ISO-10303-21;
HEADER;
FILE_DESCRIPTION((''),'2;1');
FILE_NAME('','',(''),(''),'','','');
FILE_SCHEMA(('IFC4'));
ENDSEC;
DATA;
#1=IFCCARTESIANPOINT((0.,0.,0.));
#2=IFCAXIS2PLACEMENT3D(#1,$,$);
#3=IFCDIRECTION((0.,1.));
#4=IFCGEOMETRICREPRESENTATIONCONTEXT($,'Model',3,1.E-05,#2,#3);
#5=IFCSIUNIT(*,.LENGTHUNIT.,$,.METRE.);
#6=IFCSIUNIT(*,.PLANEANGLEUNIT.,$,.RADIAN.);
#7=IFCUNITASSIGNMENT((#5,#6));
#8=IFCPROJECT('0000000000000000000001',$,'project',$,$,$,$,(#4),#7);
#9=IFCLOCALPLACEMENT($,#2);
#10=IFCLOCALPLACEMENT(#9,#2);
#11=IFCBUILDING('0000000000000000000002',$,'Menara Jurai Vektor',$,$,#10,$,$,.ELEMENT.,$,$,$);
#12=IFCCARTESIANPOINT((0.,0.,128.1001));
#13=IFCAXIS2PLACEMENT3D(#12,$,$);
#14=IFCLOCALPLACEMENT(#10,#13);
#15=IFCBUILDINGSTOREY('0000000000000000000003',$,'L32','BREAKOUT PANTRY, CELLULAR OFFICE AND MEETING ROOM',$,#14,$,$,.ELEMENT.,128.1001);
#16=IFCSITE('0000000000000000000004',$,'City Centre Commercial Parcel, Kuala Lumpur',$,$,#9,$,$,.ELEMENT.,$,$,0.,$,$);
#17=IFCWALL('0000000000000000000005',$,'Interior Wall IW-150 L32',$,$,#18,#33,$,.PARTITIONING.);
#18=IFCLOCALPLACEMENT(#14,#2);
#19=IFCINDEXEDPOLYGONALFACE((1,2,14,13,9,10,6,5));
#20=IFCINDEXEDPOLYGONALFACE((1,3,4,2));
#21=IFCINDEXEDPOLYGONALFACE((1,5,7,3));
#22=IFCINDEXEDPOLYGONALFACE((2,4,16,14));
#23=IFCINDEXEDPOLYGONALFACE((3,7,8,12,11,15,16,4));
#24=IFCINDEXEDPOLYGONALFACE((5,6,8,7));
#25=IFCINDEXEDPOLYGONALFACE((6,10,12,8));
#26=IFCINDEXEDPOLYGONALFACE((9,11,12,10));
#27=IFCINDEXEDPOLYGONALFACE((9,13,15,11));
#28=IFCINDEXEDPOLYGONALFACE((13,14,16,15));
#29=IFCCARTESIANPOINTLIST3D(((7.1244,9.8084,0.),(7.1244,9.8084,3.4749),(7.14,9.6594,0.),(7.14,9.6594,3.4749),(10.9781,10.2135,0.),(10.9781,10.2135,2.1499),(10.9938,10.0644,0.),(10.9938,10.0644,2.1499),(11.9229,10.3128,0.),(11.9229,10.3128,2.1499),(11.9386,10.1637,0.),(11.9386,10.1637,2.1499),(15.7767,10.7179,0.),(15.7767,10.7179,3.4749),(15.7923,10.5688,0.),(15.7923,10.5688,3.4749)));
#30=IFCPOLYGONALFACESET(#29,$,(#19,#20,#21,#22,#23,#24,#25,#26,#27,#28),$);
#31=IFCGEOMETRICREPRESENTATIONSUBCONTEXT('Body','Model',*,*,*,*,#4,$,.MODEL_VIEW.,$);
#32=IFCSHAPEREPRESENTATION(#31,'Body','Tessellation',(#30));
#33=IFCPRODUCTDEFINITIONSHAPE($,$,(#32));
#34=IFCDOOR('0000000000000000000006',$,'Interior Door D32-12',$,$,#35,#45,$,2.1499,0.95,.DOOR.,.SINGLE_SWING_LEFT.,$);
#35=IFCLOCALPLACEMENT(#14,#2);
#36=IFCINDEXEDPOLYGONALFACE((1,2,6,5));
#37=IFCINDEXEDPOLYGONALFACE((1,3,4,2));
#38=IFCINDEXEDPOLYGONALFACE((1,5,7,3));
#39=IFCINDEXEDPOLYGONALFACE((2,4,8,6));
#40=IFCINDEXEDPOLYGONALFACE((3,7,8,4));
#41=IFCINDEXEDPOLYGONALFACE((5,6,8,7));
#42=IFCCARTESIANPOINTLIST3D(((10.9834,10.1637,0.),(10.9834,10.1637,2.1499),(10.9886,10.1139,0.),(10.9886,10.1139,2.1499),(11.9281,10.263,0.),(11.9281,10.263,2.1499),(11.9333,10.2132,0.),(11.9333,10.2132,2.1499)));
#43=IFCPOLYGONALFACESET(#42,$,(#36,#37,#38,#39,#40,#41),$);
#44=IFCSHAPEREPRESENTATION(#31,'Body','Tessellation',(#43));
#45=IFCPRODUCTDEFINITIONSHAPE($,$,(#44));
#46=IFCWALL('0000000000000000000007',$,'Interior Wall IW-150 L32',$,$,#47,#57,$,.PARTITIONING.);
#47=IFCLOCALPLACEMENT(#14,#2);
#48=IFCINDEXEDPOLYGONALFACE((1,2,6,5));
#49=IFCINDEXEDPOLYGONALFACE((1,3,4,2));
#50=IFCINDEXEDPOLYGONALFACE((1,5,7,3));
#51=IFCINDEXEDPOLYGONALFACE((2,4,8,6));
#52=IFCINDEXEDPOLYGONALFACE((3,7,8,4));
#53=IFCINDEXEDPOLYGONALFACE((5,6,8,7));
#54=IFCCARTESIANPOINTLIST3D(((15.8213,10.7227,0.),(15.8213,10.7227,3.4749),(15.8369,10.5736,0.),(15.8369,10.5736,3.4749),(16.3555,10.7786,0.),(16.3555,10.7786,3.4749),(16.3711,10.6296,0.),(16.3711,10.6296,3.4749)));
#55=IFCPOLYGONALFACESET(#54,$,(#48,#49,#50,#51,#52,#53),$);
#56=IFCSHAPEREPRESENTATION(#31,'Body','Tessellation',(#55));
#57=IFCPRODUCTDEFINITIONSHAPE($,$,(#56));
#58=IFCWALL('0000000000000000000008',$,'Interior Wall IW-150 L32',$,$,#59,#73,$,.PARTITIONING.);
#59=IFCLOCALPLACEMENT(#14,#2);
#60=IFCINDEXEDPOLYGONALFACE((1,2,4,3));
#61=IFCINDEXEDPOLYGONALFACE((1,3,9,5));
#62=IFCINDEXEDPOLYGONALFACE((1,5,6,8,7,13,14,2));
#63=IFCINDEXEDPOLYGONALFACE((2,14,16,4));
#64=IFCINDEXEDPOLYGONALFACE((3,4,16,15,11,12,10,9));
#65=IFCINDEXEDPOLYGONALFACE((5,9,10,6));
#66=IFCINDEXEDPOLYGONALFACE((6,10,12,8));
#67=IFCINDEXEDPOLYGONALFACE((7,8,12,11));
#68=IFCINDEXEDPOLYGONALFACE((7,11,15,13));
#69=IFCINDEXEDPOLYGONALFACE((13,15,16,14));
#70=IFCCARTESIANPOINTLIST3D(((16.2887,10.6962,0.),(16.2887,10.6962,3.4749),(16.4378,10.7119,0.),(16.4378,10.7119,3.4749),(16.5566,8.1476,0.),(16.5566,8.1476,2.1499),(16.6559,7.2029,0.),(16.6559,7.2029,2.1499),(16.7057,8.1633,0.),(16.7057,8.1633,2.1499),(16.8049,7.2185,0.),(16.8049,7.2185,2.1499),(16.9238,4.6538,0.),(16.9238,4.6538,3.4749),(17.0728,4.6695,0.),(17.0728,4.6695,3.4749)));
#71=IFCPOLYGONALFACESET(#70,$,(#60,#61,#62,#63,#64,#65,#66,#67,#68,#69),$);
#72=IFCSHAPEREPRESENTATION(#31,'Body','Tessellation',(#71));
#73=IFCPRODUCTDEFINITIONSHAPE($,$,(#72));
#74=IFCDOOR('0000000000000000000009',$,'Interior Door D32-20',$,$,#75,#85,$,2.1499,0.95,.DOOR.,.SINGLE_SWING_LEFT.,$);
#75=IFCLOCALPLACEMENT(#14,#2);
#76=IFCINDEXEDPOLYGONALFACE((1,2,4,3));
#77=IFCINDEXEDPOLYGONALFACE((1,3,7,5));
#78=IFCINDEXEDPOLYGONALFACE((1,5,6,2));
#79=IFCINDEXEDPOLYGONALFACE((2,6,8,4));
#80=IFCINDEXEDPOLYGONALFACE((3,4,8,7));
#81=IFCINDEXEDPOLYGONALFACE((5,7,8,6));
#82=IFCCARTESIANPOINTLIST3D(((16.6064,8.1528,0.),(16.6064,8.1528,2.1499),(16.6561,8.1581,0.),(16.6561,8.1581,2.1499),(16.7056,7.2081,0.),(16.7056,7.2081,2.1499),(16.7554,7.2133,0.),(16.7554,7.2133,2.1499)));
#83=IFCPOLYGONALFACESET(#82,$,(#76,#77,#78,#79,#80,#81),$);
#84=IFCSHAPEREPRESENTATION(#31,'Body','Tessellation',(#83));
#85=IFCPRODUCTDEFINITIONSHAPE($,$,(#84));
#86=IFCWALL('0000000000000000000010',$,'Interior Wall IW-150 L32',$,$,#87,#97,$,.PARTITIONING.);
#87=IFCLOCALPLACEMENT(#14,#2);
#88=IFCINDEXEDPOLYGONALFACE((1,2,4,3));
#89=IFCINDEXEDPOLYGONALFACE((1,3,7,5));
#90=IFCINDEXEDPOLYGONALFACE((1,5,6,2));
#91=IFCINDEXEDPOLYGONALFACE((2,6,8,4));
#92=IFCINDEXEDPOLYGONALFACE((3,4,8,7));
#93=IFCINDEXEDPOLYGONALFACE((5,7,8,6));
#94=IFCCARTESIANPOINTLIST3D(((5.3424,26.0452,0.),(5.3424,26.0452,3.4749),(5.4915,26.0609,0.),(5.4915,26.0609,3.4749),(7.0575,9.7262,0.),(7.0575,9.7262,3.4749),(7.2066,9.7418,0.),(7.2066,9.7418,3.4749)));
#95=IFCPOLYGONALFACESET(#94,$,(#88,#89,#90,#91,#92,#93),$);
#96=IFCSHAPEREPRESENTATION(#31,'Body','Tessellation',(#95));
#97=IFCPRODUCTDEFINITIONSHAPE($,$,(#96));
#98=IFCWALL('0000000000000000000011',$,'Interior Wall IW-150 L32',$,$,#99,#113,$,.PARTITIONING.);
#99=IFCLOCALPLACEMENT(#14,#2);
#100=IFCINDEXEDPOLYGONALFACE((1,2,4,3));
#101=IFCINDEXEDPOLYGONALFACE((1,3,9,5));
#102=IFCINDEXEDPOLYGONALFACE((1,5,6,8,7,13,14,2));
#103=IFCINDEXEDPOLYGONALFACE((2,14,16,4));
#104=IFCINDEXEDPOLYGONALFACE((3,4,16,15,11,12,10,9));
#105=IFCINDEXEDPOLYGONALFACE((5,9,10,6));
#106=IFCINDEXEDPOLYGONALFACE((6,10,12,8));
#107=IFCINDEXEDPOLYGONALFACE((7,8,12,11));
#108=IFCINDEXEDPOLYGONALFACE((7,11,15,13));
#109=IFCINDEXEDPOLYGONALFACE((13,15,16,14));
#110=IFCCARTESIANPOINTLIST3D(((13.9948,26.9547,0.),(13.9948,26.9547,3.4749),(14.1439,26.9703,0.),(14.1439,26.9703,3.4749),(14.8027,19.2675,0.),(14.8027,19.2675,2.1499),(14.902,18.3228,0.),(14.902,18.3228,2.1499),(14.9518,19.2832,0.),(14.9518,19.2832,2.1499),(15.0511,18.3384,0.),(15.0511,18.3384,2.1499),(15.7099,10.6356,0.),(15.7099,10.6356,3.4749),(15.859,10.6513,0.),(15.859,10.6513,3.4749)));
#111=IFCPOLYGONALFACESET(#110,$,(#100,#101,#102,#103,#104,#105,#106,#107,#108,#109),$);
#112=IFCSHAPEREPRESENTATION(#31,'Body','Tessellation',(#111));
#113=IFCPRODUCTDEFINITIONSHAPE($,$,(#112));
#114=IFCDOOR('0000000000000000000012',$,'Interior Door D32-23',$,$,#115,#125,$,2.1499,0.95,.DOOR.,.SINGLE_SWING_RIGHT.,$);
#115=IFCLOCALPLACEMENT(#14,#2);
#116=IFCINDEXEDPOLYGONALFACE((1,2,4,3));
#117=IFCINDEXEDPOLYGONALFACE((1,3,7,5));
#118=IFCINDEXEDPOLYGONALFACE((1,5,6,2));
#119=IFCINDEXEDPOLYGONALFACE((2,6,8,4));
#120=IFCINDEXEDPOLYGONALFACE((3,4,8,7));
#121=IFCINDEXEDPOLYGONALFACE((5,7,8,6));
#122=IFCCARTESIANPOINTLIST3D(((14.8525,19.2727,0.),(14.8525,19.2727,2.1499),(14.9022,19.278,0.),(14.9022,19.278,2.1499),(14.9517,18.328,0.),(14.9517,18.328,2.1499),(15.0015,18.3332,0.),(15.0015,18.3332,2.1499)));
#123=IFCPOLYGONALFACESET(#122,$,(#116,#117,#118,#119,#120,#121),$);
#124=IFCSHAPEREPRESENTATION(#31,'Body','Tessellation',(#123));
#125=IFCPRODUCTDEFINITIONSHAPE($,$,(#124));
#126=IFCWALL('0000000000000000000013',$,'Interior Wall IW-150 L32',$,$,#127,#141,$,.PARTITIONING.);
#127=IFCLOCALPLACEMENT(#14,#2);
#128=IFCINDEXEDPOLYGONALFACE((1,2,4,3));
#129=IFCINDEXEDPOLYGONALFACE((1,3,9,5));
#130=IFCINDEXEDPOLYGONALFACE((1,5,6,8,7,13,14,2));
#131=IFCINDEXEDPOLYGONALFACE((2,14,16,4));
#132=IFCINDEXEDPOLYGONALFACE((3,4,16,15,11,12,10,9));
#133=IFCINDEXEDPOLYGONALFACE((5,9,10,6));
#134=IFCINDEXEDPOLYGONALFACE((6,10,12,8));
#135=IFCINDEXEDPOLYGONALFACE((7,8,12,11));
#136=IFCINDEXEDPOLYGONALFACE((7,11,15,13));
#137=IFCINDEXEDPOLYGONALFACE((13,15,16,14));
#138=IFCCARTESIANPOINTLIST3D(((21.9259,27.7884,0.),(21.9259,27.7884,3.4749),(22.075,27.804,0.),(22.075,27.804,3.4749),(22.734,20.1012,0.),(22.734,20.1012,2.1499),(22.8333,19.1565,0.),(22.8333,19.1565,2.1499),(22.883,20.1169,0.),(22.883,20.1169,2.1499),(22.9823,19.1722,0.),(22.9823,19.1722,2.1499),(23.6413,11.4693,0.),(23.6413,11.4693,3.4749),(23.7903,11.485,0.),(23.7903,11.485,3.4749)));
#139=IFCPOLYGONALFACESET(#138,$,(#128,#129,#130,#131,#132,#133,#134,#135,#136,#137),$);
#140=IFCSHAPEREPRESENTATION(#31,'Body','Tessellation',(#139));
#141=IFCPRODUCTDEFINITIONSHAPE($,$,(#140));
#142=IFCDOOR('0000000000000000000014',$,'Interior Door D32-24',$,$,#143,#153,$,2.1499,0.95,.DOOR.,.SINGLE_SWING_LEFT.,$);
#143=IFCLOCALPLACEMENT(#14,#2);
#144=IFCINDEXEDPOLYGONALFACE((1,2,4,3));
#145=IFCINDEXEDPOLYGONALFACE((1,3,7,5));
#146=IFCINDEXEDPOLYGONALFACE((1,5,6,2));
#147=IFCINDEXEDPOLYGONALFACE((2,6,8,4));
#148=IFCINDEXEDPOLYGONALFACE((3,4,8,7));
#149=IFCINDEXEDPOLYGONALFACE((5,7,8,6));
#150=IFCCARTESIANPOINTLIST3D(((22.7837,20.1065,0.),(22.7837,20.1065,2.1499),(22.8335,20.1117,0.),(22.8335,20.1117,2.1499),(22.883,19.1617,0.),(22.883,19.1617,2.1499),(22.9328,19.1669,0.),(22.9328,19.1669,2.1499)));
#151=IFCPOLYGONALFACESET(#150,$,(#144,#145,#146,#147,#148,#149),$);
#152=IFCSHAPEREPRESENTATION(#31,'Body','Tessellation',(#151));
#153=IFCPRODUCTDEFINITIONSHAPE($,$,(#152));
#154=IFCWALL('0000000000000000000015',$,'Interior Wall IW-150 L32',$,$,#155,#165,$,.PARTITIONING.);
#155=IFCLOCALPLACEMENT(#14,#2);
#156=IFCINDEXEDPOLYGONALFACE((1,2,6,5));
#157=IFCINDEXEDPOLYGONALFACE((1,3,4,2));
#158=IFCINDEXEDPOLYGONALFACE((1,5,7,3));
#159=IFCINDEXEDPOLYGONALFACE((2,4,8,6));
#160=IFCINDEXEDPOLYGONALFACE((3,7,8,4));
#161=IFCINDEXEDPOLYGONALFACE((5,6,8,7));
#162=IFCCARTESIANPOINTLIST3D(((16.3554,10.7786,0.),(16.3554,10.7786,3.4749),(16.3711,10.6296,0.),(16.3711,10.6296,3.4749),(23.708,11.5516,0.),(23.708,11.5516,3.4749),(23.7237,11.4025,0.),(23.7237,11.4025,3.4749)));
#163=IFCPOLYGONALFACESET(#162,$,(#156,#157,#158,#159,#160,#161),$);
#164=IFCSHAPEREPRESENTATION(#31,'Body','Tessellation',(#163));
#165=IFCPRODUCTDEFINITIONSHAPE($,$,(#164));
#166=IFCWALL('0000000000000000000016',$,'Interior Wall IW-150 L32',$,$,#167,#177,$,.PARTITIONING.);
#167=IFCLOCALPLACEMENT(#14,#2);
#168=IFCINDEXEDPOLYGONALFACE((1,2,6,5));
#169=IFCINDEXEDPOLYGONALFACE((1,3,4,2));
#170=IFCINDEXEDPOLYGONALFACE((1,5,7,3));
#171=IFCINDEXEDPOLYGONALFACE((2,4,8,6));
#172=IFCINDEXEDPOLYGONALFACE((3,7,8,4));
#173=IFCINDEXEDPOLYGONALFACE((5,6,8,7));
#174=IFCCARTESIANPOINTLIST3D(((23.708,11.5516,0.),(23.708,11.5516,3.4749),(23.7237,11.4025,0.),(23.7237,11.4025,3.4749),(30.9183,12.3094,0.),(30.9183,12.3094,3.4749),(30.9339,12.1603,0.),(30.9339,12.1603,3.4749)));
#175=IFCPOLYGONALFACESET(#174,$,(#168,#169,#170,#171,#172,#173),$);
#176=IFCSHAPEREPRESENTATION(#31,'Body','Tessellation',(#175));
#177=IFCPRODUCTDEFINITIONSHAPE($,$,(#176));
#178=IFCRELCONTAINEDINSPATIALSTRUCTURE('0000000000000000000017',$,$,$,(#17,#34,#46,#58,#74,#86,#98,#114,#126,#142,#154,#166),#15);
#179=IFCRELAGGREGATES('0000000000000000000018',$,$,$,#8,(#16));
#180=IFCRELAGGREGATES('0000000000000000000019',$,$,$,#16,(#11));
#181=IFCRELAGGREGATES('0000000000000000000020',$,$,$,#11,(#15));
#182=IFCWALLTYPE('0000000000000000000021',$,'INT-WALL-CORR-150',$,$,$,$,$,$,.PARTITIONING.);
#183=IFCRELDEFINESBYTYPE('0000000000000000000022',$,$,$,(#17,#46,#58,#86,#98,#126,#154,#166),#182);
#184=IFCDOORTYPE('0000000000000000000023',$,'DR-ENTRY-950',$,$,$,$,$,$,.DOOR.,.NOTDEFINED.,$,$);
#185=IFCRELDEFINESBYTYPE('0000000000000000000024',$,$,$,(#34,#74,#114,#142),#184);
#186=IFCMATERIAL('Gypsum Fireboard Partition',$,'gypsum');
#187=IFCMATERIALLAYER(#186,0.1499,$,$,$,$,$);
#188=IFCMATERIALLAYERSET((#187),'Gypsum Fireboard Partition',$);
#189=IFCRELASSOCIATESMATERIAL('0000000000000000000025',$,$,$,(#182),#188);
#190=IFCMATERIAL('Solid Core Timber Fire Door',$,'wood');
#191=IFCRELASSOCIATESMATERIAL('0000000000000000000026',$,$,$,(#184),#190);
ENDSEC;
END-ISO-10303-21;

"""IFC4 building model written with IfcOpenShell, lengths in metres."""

from ifc_helpers import new_model, si_unit, direction, frame, frame_2d, origin, place, context, subcontext, project, spatial, rectangle, extrude, material, layer, layer_set, type_object, element, fill, save


model = new_model("IFC4")

# Units and contexts
model_context = context("Model", 3, precision=1e-05, world=origin(), true_north=direction((0.0, 1.0)))
body_context = subcontext(model_context, "Body", "Model", "MODEL_VIEW")
ifc_project = project(units=[si_unit("LENGTHUNIT", "METRE"), si_unit("PLANEANGLEUNIT", "RADIAN")], contexts=[model_context])

# Site, building, storey
site_placement = place(None, origin())
site = spatial("IfcSite", under=ifc_project, at=site_placement, Name="City Centre Commercial Parcel, Kuala Lumpur", CompositionType="ELEMENT", RefElevation=0.0)
building_placement = place(site_placement, origin())
building = spatial("IfcBuilding", under=site, at=building_placement, Name="Menara Jurai Vektor", CompositionType="ELEMENT")
storey_placement = place(building_placement, frame((0.0, 0.0, 128.1001)))
storey = spatial("IfcBuildingStorey", under=building, at=storey_placement, Name="L32", Description="BREAKOUT PANTRY, CELLULAR OFFICE AND MEETING ROOM", CompositionType="ELEMENT", Elevation=128.1001)

# Shared definitions
ifc_material_1 = material(Name="Gypsum Fireboard Partition", Category="gypsum")
ifc_layer_1 = layer(ifc_material_1, 0.1499)
ifc_layer_set_1 = layer_set([ifc_layer_1], Name="Gypsum Fireboard Partition")
wall_type_1 = type_object("IfcWallType", Name="INT-WALL-CORR-150", PredefinedType="PARTITIONING", material=ifc_layer_set_1)

# Wall, opening, door
wall_1_placement = place(storey_placement, frame((7.1321, 9.7339, 0.0), z_axis=(0.0, 0.0, 1.0), x_axis=(0.994522, 0.104531, 0.0)))
wall_1 = element("IfcWall", 1, at=wall_1_placement, inside=storey, type_object=wall_type_1, Name="Interior Wall IW-150 L32", PredefinedType="PARTITIONING", context=body_context, shape_type="SweptSolid", body=[
    extrude(rectangle(XDim=8.7, YDim=0.1499, at=frame_2d((4.3501, 0.0))), origin(), (0.0, 0.0, 1.0), 3.4749),
])
opening_1_placement = place(wall_1_placement, frame((3.875, 0.0, 0.0)))
opening_1 = element("IfcOpeningElement", 2, at=opening_1_placement, cuts=wall_1, PredefinedType="OPENING", context=body_context, shape_type="SweptSolid", body=[
    extrude(rectangle(XDim=0.95, YDim=2.1499, at=frame_2d((0.4751, 1.075))), frame((0.0, 0.085, 0.0), z_axis=(0.0, -1.0, 0.0), x_axis=(1.0, 0.0, 0.0)), (0.0, 0.0, 1.0), 0.1699),
])
ifc_material_2 = material(Name="Solid Core Timber Fire Door", Category="wood")
door_type = type_object("IfcDoorType", Name="DR-ENTRY-950", OperationType="NOTDEFINED", PredefinedType="DOOR", material=ifc_material_2)
door_1_placement = place(opening_1_placement, origin())
door_1 = element("IfcDoor", 3, at=door_1_placement, inside=storey, type_object=door_type, Name="Interior Door D32-12", OperationType="SINGLE_SWING_LEFT", OverallHeight=2.1499, OverallWidth=0.95, PredefinedType="DOOR", context=body_context, shape_type="SweptSolid", body=[
    extrude(rectangle(XDim=0.95, YDim=2.1499, at=frame_2d((0.4751, 1.075))), frame((0.0, 0.0249, 0.0), z_axis=(0.0, -1.0, 0.0), x_axis=(1.0, 0.0, 0.0)), (0.0, 0.0, 1.0), 0.05),
])
fill(opening_1, door_1)

# Wall
wall_2_placement = place(storey_placement, frame((15.8291, 10.6482, 0.0), z_axis=(0.0, 0.0, 1.0), x_axis=(0.994568, 0.104093, 0.0)))
element("IfcWall", 4, at=wall_2_placement, inside=storey, type_object=wall_type_1, Name="Interior Wall IW-150 L32", PredefinedType="PARTITIONING", context=body_context, shape_type="SweptSolid", body=[
    extrude(rectangle(XDim=0.5371, YDim=0.1499, at=frame_2d((0.2686, 0.0))), origin(), (0.0, 0.0, 1.0), 3.4749),
])

# Wall, opening, door
wall_3_placement = place(storey_placement, frame((16.9983, 4.6616, 0.0), z_axis=(0.0, 0.0, 1.0), x_axis=(-0.104515, 0.994523, 0.0)))
wall_3 = element("IfcWall", 5, at=wall_3_placement, inside=storey, type_object=wall_type_1, Name="Interior Wall IW-150 L32", PredefinedType="PARTITIONING", context=body_context, shape_type="SweptSolid", body=[
    extrude(rectangle(XDim=6.0757, YDim=0.1499, at=frame_2d((3.0378, 0.0))), origin(), (0.0, 0.0, 1.0), 3.4749),
])
opening_2_placement = place(wall_3_placement, frame((2.563, 0.0, 0.0)))
opening_2 = element("IfcOpeningElement", 6, at=opening_2_placement, cuts=wall_3, PredefinedType="OPENING", context=body_context, shape_type="SweptSolid", body=[
    extrude(rectangle(XDim=0.95, YDim=2.1499, at=frame_2d((0.4751, 1.075))), frame((0.0, 0.085, 0.0), z_axis=(0.0, -1.0, 0.0), x_axis=(1.0, 0.0, 0.0)), (0.0, 0.0, 1.0), 0.1699),
])
door_2_placement = place(opening_2_placement, origin())
door_2 = element("IfcDoor", 7, at=door_2_placement, inside=storey, type_object=door_type, Name="Interior Door D32-20", OperationType="SINGLE_SWING_LEFT", OverallHeight=2.1499, OverallWidth=0.95, PredefinedType="DOOR", context=body_context, shape_type="SweptSolid", body=[
    extrude(rectangle(XDim=0.95, YDim=2.1499, at=frame_2d((0.4751, 1.075))), frame((0.0, 0.0249, 0.0), z_axis=(0.0, -1.0, 0.0), x_axis=(1.0, 0.0, 0.0)), (0.0, 0.0, 1.0), 0.05),
])
fill(opening_2, door_2)

# Wall
wall_4_placement = place(storey_placement, frame((7.1321, 9.7339, 0.0), z_axis=(0.0, 0.0, 1.0), x_axis=(-0.104521, 0.994523, 0.0)))
element("IfcWall", 8, at=wall_4_placement, inside=storey, type_object=wall_type_1, Name="Interior Wall IW-150 L32", PredefinedType="PARTITIONING", context=body_context, shape_type="SweptSolid", body=[
    extrude(rectangle(XDim=16.4089, YDim=0.1499, at=frame_2d((8.2046, 0.0))), origin(), (0.0, 0.0, 1.0), 3.4749),
])

# Walls, openings, doors
wall_5_placement = place(storey_placement, frame((15.7844, 10.6433, 0.0), z_axis=(0.0, 0.0, 1.0), x_axis=(-0.104521, 0.994523, 0.0)))
wall_5 = element("IfcWall", 9, at=wall_5_placement, inside=storey, type_object=wall_type_1, Name="Interior Wall IW-150 L32", PredefinedType="PARTITIONING", context=body_context, shape_type="SweptSolid", body=[
    extrude(rectangle(XDim=16.4089, YDim=0.1499, at=frame_2d((8.2046, 0.0))), origin(), (0.0, 0.0, 1.0), 3.4749),
])
opening_3_placement = place(wall_5_placement, frame((7.7295, 0.0, 0.0)))
opening_3 = element("IfcOpeningElement", 10, at=opening_3_placement, cuts=wall_5, PredefinedType="OPENING", context=body_context, shape_type="SweptSolid", body=[
    extrude(rectangle(XDim=0.95, YDim=2.1499, at=frame_2d((0.4751, 1.075))), frame((0.0, 0.085, 0.0), z_axis=(0.0, -1.0, 0.0), x_axis=(1.0, 0.0, 0.0)), (0.0, 0.0, 1.0), 0.1699),
])
door_3_placement = place(opening_3_placement, origin())
door_3 = element("IfcDoor", 11, at=door_3_placement, inside=storey, type_object=door_type, Name="Interior Door D32-23", OperationType="SINGLE_SWING_RIGHT", OverallHeight=2.1499, OverallWidth=0.95, PredefinedType="DOOR", context=body_context, shape_type="SweptSolid", body=[
    extrude(rectangle(XDim=0.95, YDim=2.1499, at=frame_2d((0.4751, 1.075))), frame((0.0, 0.0249, 0.0), z_axis=(0.0, -1.0, 0.0), x_axis=(1.0, 0.0, 0.0)), (0.0, 0.0, 1.0), 0.05),
])
fill(opening_3, door_3)
wall_6_placement = place(storey_placement, frame((23.7158, 11.4771, 0.0), z_axis=(0.0, 0.0, 1.0), x_axis=(-0.104536, 0.994521, 0.0)))
wall_6 = element("IfcWall", 12, at=wall_6_placement, inside=storey, type_object=wall_type_1, Name="Interior Wall IW-150 L32", PredefinedType="PARTITIONING", context=body_context, shape_type="SweptSolid", body=[
    extrude(rectangle(XDim=16.4089, YDim=0.1499, at=frame_2d((8.2046, 0.0))), origin(), (0.0, 0.0, 1.0), 3.4749),
])
opening_4_placement = place(wall_6_placement, frame((7.7295, 0.0, 0.0)))
opening_4 = element("IfcOpeningElement", 13, at=opening_4_placement, cuts=wall_6, PredefinedType="OPENING", context=body_context, shape_type="SweptSolid", body=[
    extrude(rectangle(XDim=0.95, YDim=2.1499, at=frame_2d((0.4751, 1.075))), frame((0.0, 0.085, 0.0), z_axis=(0.0, -1.0, 0.0), x_axis=(1.0, 0.0, 0.0)), (0.0, 0.0, 1.0), 0.1699),
])
door_4_placement = place(opening_4_placement, origin())
door_4 = element("IfcDoor", 14, at=door_4_placement, inside=storey, type_object=door_type, Name="Interior Door D32-24", OperationType="SINGLE_SWING_LEFT", OverallHeight=2.1499, OverallWidth=0.95, PredefinedType="DOOR", context=body_context, shape_type="SweptSolid", body=[
    extrude(rectangle(XDim=0.95, YDim=2.1499, at=frame_2d((0.4751, 1.075))), frame((0.0, 0.0249, 0.0), z_axis=(0.0, -1.0, 0.0), x_axis=(1.0, 0.0, 0.0)), (0.0, 0.0, 1.0), 0.05),
])
fill(opening_4, door_4)

# Walls
wall_7_placement = place(storey_placement, frame((16.3633, 10.7041, 0.0), z_axis=(0.0, 0.0, 1.0), x_axis=(0.99452, 0.104551, 0.0)))
element("IfcWall", 15, at=wall_7_placement, inside=storey, type_object=wall_type_1, Name="Interior Wall IW-150 L32", PredefinedType="PARTITIONING", context=body_context, shape_type="SweptSolid", body=[
    extrude(rectangle(XDim=7.3931, YDim=0.1499, at=frame_2d((3.6965, 0.0))), origin(), (0.0, 0.0, 1.0), 3.4749),
])
wall_8_placement = place(storey_placement, frame((23.7158, 11.4771, 0.0), z_axis=(0.0, 0.0, 1.0), x_axis=(0.994522, 0.104527, 0.0)))
element("IfcWall", 16, at=wall_8_placement, inside=storey, type_object=wall_type_1, Name="Interior Wall IW-150 L32", PredefinedType="PARTITIONING", context=body_context, shape_type="SweptSolid", body=[
    extrude(rectangle(XDim=7.25, YDim=0.1499, at=frame_2d((3.625, 0.0))), origin(), (0.0, 0.0, 1.0), 3.4749),
])

save(model, "model.ifc")
